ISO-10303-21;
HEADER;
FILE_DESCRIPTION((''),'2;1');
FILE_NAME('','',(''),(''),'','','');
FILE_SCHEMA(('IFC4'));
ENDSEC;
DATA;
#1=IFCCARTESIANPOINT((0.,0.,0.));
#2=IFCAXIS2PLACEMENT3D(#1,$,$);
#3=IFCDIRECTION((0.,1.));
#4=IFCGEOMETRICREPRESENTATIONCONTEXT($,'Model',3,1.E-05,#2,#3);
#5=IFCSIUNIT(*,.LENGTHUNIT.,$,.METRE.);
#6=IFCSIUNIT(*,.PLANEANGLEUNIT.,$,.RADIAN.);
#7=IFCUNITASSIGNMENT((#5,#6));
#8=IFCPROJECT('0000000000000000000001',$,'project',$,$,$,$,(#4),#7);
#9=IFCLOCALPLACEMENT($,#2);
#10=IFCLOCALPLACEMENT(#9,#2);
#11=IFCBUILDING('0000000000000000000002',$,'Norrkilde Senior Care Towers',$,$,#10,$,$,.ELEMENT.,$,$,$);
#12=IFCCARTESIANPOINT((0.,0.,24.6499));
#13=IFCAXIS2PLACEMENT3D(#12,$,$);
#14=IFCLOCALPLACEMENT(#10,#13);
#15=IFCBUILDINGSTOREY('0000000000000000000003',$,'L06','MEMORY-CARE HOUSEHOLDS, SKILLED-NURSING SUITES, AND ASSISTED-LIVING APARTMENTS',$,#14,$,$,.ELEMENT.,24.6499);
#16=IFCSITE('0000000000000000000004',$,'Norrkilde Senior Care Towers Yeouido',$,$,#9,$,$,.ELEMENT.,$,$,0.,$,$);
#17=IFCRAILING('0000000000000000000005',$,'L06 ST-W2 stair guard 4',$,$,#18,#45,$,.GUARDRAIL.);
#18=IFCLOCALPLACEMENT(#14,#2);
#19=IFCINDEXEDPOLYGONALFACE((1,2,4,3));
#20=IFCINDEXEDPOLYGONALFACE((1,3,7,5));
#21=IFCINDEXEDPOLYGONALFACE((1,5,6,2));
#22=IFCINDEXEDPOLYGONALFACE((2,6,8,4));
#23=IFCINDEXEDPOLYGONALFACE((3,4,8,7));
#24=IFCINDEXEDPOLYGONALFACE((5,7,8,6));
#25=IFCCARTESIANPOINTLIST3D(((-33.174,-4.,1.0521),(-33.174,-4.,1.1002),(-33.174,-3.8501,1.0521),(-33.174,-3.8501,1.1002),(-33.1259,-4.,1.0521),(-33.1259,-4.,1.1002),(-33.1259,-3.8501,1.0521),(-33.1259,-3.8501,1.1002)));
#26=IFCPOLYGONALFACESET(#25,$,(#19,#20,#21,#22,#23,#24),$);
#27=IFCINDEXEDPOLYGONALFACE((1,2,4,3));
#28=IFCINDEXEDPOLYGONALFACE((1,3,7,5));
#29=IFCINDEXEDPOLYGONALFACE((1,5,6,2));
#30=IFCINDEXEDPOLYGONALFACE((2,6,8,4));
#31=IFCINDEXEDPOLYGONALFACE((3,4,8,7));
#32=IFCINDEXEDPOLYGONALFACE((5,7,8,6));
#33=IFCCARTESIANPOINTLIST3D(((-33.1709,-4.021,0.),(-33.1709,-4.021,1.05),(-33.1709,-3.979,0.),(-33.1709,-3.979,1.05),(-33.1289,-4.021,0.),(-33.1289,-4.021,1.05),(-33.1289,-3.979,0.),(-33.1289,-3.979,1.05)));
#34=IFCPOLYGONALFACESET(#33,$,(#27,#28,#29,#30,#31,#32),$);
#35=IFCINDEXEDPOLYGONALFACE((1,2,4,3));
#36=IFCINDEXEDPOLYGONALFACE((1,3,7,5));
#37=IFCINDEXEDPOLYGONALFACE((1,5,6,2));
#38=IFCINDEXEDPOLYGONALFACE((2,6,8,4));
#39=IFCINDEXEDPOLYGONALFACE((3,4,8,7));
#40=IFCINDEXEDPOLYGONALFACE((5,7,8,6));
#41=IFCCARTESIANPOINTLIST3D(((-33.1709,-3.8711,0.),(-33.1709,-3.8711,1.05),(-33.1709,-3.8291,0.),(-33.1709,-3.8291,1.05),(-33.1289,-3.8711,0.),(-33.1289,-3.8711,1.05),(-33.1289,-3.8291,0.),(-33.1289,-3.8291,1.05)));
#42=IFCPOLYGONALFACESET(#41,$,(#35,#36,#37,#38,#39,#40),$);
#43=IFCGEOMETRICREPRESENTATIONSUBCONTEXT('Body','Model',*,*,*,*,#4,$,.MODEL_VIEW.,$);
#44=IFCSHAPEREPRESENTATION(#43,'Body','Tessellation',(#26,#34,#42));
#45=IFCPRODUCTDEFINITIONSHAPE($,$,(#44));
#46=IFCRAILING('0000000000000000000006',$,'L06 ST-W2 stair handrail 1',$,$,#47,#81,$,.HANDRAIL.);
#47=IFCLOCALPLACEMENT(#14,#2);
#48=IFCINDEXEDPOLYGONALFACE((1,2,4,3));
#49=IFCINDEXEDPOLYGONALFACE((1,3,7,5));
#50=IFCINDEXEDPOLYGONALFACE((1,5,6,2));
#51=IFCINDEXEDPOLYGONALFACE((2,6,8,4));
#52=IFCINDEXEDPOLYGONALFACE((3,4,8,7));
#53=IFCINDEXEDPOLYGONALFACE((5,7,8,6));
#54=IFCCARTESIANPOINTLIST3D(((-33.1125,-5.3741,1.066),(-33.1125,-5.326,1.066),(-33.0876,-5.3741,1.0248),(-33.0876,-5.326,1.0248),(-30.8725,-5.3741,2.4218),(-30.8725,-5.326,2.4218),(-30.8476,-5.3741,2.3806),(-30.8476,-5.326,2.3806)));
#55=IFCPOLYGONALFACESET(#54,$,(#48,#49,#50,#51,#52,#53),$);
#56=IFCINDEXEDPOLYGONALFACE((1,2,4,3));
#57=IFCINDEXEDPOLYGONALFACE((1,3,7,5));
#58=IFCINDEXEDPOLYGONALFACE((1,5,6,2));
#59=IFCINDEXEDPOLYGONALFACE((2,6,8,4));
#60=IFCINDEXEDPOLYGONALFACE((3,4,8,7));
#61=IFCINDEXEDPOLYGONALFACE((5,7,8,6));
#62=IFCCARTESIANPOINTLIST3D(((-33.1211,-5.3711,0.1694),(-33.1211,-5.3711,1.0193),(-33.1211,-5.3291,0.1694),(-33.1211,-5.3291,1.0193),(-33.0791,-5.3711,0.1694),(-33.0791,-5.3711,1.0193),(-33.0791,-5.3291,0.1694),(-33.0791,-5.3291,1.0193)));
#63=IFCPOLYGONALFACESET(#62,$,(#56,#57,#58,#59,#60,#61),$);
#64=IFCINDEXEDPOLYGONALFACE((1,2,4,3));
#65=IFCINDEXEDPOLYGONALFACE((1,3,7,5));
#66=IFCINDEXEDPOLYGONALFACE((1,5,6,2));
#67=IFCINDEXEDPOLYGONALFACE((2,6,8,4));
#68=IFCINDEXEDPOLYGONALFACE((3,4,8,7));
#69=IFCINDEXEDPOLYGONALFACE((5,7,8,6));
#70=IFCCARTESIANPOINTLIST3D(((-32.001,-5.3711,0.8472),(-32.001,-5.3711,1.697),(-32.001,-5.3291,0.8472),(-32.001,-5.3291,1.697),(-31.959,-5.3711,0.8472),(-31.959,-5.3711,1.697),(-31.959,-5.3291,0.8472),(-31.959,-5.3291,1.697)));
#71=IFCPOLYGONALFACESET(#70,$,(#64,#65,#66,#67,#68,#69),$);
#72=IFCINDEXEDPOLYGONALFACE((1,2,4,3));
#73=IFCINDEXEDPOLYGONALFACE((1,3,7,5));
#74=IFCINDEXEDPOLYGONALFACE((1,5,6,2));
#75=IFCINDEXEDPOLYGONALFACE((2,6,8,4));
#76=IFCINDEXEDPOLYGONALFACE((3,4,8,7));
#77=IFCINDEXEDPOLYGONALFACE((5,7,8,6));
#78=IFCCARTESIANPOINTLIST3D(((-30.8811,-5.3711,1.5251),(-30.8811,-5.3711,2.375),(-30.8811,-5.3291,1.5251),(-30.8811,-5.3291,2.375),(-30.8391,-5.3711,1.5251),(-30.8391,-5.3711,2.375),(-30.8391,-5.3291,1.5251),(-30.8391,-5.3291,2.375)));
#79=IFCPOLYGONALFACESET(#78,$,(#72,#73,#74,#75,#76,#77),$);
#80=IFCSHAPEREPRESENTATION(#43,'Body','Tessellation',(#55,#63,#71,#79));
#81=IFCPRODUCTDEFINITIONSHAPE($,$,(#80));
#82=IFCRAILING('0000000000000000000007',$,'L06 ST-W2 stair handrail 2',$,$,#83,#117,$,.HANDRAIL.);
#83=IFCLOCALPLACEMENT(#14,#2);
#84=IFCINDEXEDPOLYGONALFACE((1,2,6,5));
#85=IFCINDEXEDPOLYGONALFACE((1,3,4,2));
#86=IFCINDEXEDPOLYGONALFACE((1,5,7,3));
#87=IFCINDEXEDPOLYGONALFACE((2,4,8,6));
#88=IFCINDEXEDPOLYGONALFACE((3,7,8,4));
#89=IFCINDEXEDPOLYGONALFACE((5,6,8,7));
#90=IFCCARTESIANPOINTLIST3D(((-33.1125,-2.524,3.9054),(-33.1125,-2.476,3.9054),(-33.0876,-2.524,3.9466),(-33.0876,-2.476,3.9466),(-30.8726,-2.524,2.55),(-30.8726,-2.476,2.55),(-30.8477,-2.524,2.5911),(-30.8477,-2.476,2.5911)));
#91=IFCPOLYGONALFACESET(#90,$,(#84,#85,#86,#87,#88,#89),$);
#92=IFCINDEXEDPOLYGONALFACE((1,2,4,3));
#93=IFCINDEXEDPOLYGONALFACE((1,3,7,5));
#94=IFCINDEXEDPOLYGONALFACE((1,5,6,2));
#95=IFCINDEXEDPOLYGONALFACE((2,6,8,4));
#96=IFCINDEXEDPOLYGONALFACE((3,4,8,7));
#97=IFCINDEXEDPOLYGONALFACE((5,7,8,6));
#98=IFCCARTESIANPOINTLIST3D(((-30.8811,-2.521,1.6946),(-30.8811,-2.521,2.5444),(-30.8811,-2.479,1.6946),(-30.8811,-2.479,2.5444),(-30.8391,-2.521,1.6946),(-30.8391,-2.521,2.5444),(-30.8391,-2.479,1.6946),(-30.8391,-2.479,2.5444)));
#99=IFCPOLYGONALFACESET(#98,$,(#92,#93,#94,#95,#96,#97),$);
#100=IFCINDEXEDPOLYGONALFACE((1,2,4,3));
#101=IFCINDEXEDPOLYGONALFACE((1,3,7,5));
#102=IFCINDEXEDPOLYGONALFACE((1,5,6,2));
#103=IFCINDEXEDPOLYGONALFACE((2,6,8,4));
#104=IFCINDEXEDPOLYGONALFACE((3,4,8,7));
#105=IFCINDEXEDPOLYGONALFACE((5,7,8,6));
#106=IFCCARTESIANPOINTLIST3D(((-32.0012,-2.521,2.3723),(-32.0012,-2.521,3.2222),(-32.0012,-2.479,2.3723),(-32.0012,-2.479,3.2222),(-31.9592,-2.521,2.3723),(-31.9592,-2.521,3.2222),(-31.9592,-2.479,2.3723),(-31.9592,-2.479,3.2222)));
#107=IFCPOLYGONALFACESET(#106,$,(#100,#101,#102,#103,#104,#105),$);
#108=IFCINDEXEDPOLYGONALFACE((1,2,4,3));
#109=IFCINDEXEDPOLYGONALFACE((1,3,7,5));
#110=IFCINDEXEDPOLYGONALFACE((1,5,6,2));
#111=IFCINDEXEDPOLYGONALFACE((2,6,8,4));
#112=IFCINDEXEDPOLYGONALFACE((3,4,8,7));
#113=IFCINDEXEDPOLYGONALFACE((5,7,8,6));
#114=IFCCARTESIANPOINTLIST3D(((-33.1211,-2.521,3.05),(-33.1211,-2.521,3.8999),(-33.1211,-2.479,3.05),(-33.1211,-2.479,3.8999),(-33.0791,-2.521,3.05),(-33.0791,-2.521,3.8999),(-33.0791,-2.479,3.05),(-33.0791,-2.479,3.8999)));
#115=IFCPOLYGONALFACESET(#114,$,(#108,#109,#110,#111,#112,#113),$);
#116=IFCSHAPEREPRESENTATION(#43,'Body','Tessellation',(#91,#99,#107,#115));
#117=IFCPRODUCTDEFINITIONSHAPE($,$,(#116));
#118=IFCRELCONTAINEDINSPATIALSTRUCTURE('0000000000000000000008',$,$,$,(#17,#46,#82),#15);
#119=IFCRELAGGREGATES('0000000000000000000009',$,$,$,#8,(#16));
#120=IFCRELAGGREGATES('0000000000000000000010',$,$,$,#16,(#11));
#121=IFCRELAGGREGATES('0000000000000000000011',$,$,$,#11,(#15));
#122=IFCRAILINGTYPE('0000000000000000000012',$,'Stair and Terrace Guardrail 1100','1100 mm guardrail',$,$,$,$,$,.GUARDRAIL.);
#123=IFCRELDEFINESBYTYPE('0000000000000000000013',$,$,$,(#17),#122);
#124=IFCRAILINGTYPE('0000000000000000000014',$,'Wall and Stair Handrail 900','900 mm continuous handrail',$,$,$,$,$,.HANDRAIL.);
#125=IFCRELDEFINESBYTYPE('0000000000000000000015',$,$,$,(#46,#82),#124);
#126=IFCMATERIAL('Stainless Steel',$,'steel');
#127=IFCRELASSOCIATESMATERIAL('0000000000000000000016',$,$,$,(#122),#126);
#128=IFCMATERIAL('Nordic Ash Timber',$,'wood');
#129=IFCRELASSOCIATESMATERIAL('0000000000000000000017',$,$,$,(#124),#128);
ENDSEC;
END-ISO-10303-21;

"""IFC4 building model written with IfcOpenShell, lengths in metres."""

from ifc_helpers import new_model, si_unit, direction, frame, origin, origin_2d, place, context, subcontext, project, spatial, rectangle, extrude, material, type_object, element, save


model = new_model("IFC4")

# Units and contexts
model_context = context("Model", 3, precision=1e-05, world=origin(), true_north=direction((0.0, 1.0)))
body_context = subcontext(model_context, "Body", "Model", "MODEL_VIEW")
ifc_project = project(units=[si_unit("LENGTHUNIT", "METRE"), si_unit("PLANEANGLEUNIT", "RADIAN")], contexts=[model_context])

# Site, building, storey
site_placement = place(None, origin())
site = spatial("IfcSite", under=ifc_project, at=site_placement, Name="Norrkilde Senior Care Towers Yeouido", CompositionType="ELEMENT", RefElevation=0.0)
building_placement = place(site_placement, origin())
building = spatial("IfcBuilding", under=site, at=building_placement, Name="Norrkilde Senior Care Towers", CompositionType="ELEMENT")
storey_placement = place(building_placement, frame((0.0, 0.0, 24.6499)))
storey = spatial("IfcBuildingStorey", under=building, at=storey_placement, Name="L06", Description="MEMORY-CARE HOUSEHOLDS, SKILLED-NURSING SUITES, AND ASSISTED-LIVING APARTMENTS", CompositionType="ELEMENT", Elevation=24.6499)

# Railings
ifc_material_1 = material(Name="Stainless Steel", Category="steel")
railing_type_1 = type_object("IfcRailingType", Name="Stair and Terrace Guardrail 1100", Description="1100 mm guardrail", PredefinedType="GUARDRAIL", material=ifc_material_1)
railing_1_placement = place(storey_placement, frame((-33.1499, -4.0, 0.0)))
element("IfcRailing", 1, at=railing_1_placement, inside=storey, type_object=railing_type_1, Name="L06 ST-W2 stair guard 4", PredefinedType="GUARDRAIL", context=body_context, shape_type="SweptSolid", body=[
    extrude(rectangle(XDim=0.0481, YDim=0.0481, at=origin_2d()), frame((0.0, 0.0, 1.0762), z_axis=(0.0, 1.0, 0.0), x_axis=(-1.0, 0.0, 0.0)), (0.0, 0.0, 1.0), 0.1499),
    extrude(rectangle(XDim=0.042, YDim=0.042, at=origin_2d()), origin(), (0.0, 0.0, 1.0), 1.05),
    extrude(rectangle(XDim=0.042, YDim=0.042, at=origin_2d()), frame((0.0, 0.1499, 0.0)), (0.0, 0.0, 1.0), 1.05),
])
ifc_material_2 = material(Name="Nordic Ash Timber", Category="wood")
railing_type_2 = type_object("IfcRailingType", Name="Wall and Stair Handrail 900", Description="900 mm continuous handrail", PredefinedType="HANDRAIL", material=ifc_material_2)
railing_2_placement = place(storey_placement, frame((-33.1001, -5.3501, 0.1694)))
element("IfcRailing", 2, at=railing_2_placement, inside=storey, type_object=railing_type_2, Name="L06 ST-W2 stair handrail 1", PredefinedType="HANDRAIL", context=body_context, shape_type="SweptSolid", body=[
    extrude(rectangle(XDim=0.0481, YDim=0.0481, at=origin_2d()), frame((0.0, 0.0, 0.876), z_axis=(0.855512, 0.0, 0.517783), x_axis=(0.0, 1.0, 0.0)), (0.0, 0.0, 1.0), 2.6184),
    extrude(rectangle(XDim=0.042, YDim=0.042, at=origin_2d()), origin(), (0.0, 0.0, 1.0), 0.8499),
    extrude(rectangle(XDim=0.042, YDim=0.042, at=origin_2d()), frame((1.1201, 0.0, 0.6777)), (0.0, 0.0, 1.0), 0.8499),
    extrude(rectangle(XDim=0.042, YDim=0.042, at=origin_2d()), frame((2.24, 0.0, 1.3557)), (0.0, 0.0, 1.0), 0.8499),
])
railing_3_placement = place(storey_placement, frame((-30.8601, -2.5, 1.6946)))
element("IfcRailing", 3, at=railing_3_placement, inside=storey, type_object=railing_type_2, Name="L06 ST-W2 stair handrail 2", PredefinedType="HANDRAIL", context=body_context, shape_type="SweptSolid", body=[
    extrude(rectangle(XDim=0.0481, YDim=0.0481, at=origin_2d()), frame((0.0, 0.0, 0.876), z_axis=(-0.855553, 0.0, 0.517715), x_axis=(0.0, -1.0, 0.0)), (0.0, 0.0, 1.0), 2.6182),
    extrude(rectangle(XDim=0.042, YDim=0.042, at=origin_2d()), origin(), (0.0, 0.0, 1.0), 0.8499),
    extrude(rectangle(XDim=0.042, YDim=0.042, at=origin_2d()), frame((-1.1201, 0.0, 0.6777)), (0.0, 0.0, 1.0), 0.8499),
    extrude(rectangle(XDim=0.042, YDim=0.042, at=origin_2d()), frame((-2.24, 0.0, 1.3555)), (0.0, 0.0, 1.0), 0.8499),
])

save(model, "model.ifc")
